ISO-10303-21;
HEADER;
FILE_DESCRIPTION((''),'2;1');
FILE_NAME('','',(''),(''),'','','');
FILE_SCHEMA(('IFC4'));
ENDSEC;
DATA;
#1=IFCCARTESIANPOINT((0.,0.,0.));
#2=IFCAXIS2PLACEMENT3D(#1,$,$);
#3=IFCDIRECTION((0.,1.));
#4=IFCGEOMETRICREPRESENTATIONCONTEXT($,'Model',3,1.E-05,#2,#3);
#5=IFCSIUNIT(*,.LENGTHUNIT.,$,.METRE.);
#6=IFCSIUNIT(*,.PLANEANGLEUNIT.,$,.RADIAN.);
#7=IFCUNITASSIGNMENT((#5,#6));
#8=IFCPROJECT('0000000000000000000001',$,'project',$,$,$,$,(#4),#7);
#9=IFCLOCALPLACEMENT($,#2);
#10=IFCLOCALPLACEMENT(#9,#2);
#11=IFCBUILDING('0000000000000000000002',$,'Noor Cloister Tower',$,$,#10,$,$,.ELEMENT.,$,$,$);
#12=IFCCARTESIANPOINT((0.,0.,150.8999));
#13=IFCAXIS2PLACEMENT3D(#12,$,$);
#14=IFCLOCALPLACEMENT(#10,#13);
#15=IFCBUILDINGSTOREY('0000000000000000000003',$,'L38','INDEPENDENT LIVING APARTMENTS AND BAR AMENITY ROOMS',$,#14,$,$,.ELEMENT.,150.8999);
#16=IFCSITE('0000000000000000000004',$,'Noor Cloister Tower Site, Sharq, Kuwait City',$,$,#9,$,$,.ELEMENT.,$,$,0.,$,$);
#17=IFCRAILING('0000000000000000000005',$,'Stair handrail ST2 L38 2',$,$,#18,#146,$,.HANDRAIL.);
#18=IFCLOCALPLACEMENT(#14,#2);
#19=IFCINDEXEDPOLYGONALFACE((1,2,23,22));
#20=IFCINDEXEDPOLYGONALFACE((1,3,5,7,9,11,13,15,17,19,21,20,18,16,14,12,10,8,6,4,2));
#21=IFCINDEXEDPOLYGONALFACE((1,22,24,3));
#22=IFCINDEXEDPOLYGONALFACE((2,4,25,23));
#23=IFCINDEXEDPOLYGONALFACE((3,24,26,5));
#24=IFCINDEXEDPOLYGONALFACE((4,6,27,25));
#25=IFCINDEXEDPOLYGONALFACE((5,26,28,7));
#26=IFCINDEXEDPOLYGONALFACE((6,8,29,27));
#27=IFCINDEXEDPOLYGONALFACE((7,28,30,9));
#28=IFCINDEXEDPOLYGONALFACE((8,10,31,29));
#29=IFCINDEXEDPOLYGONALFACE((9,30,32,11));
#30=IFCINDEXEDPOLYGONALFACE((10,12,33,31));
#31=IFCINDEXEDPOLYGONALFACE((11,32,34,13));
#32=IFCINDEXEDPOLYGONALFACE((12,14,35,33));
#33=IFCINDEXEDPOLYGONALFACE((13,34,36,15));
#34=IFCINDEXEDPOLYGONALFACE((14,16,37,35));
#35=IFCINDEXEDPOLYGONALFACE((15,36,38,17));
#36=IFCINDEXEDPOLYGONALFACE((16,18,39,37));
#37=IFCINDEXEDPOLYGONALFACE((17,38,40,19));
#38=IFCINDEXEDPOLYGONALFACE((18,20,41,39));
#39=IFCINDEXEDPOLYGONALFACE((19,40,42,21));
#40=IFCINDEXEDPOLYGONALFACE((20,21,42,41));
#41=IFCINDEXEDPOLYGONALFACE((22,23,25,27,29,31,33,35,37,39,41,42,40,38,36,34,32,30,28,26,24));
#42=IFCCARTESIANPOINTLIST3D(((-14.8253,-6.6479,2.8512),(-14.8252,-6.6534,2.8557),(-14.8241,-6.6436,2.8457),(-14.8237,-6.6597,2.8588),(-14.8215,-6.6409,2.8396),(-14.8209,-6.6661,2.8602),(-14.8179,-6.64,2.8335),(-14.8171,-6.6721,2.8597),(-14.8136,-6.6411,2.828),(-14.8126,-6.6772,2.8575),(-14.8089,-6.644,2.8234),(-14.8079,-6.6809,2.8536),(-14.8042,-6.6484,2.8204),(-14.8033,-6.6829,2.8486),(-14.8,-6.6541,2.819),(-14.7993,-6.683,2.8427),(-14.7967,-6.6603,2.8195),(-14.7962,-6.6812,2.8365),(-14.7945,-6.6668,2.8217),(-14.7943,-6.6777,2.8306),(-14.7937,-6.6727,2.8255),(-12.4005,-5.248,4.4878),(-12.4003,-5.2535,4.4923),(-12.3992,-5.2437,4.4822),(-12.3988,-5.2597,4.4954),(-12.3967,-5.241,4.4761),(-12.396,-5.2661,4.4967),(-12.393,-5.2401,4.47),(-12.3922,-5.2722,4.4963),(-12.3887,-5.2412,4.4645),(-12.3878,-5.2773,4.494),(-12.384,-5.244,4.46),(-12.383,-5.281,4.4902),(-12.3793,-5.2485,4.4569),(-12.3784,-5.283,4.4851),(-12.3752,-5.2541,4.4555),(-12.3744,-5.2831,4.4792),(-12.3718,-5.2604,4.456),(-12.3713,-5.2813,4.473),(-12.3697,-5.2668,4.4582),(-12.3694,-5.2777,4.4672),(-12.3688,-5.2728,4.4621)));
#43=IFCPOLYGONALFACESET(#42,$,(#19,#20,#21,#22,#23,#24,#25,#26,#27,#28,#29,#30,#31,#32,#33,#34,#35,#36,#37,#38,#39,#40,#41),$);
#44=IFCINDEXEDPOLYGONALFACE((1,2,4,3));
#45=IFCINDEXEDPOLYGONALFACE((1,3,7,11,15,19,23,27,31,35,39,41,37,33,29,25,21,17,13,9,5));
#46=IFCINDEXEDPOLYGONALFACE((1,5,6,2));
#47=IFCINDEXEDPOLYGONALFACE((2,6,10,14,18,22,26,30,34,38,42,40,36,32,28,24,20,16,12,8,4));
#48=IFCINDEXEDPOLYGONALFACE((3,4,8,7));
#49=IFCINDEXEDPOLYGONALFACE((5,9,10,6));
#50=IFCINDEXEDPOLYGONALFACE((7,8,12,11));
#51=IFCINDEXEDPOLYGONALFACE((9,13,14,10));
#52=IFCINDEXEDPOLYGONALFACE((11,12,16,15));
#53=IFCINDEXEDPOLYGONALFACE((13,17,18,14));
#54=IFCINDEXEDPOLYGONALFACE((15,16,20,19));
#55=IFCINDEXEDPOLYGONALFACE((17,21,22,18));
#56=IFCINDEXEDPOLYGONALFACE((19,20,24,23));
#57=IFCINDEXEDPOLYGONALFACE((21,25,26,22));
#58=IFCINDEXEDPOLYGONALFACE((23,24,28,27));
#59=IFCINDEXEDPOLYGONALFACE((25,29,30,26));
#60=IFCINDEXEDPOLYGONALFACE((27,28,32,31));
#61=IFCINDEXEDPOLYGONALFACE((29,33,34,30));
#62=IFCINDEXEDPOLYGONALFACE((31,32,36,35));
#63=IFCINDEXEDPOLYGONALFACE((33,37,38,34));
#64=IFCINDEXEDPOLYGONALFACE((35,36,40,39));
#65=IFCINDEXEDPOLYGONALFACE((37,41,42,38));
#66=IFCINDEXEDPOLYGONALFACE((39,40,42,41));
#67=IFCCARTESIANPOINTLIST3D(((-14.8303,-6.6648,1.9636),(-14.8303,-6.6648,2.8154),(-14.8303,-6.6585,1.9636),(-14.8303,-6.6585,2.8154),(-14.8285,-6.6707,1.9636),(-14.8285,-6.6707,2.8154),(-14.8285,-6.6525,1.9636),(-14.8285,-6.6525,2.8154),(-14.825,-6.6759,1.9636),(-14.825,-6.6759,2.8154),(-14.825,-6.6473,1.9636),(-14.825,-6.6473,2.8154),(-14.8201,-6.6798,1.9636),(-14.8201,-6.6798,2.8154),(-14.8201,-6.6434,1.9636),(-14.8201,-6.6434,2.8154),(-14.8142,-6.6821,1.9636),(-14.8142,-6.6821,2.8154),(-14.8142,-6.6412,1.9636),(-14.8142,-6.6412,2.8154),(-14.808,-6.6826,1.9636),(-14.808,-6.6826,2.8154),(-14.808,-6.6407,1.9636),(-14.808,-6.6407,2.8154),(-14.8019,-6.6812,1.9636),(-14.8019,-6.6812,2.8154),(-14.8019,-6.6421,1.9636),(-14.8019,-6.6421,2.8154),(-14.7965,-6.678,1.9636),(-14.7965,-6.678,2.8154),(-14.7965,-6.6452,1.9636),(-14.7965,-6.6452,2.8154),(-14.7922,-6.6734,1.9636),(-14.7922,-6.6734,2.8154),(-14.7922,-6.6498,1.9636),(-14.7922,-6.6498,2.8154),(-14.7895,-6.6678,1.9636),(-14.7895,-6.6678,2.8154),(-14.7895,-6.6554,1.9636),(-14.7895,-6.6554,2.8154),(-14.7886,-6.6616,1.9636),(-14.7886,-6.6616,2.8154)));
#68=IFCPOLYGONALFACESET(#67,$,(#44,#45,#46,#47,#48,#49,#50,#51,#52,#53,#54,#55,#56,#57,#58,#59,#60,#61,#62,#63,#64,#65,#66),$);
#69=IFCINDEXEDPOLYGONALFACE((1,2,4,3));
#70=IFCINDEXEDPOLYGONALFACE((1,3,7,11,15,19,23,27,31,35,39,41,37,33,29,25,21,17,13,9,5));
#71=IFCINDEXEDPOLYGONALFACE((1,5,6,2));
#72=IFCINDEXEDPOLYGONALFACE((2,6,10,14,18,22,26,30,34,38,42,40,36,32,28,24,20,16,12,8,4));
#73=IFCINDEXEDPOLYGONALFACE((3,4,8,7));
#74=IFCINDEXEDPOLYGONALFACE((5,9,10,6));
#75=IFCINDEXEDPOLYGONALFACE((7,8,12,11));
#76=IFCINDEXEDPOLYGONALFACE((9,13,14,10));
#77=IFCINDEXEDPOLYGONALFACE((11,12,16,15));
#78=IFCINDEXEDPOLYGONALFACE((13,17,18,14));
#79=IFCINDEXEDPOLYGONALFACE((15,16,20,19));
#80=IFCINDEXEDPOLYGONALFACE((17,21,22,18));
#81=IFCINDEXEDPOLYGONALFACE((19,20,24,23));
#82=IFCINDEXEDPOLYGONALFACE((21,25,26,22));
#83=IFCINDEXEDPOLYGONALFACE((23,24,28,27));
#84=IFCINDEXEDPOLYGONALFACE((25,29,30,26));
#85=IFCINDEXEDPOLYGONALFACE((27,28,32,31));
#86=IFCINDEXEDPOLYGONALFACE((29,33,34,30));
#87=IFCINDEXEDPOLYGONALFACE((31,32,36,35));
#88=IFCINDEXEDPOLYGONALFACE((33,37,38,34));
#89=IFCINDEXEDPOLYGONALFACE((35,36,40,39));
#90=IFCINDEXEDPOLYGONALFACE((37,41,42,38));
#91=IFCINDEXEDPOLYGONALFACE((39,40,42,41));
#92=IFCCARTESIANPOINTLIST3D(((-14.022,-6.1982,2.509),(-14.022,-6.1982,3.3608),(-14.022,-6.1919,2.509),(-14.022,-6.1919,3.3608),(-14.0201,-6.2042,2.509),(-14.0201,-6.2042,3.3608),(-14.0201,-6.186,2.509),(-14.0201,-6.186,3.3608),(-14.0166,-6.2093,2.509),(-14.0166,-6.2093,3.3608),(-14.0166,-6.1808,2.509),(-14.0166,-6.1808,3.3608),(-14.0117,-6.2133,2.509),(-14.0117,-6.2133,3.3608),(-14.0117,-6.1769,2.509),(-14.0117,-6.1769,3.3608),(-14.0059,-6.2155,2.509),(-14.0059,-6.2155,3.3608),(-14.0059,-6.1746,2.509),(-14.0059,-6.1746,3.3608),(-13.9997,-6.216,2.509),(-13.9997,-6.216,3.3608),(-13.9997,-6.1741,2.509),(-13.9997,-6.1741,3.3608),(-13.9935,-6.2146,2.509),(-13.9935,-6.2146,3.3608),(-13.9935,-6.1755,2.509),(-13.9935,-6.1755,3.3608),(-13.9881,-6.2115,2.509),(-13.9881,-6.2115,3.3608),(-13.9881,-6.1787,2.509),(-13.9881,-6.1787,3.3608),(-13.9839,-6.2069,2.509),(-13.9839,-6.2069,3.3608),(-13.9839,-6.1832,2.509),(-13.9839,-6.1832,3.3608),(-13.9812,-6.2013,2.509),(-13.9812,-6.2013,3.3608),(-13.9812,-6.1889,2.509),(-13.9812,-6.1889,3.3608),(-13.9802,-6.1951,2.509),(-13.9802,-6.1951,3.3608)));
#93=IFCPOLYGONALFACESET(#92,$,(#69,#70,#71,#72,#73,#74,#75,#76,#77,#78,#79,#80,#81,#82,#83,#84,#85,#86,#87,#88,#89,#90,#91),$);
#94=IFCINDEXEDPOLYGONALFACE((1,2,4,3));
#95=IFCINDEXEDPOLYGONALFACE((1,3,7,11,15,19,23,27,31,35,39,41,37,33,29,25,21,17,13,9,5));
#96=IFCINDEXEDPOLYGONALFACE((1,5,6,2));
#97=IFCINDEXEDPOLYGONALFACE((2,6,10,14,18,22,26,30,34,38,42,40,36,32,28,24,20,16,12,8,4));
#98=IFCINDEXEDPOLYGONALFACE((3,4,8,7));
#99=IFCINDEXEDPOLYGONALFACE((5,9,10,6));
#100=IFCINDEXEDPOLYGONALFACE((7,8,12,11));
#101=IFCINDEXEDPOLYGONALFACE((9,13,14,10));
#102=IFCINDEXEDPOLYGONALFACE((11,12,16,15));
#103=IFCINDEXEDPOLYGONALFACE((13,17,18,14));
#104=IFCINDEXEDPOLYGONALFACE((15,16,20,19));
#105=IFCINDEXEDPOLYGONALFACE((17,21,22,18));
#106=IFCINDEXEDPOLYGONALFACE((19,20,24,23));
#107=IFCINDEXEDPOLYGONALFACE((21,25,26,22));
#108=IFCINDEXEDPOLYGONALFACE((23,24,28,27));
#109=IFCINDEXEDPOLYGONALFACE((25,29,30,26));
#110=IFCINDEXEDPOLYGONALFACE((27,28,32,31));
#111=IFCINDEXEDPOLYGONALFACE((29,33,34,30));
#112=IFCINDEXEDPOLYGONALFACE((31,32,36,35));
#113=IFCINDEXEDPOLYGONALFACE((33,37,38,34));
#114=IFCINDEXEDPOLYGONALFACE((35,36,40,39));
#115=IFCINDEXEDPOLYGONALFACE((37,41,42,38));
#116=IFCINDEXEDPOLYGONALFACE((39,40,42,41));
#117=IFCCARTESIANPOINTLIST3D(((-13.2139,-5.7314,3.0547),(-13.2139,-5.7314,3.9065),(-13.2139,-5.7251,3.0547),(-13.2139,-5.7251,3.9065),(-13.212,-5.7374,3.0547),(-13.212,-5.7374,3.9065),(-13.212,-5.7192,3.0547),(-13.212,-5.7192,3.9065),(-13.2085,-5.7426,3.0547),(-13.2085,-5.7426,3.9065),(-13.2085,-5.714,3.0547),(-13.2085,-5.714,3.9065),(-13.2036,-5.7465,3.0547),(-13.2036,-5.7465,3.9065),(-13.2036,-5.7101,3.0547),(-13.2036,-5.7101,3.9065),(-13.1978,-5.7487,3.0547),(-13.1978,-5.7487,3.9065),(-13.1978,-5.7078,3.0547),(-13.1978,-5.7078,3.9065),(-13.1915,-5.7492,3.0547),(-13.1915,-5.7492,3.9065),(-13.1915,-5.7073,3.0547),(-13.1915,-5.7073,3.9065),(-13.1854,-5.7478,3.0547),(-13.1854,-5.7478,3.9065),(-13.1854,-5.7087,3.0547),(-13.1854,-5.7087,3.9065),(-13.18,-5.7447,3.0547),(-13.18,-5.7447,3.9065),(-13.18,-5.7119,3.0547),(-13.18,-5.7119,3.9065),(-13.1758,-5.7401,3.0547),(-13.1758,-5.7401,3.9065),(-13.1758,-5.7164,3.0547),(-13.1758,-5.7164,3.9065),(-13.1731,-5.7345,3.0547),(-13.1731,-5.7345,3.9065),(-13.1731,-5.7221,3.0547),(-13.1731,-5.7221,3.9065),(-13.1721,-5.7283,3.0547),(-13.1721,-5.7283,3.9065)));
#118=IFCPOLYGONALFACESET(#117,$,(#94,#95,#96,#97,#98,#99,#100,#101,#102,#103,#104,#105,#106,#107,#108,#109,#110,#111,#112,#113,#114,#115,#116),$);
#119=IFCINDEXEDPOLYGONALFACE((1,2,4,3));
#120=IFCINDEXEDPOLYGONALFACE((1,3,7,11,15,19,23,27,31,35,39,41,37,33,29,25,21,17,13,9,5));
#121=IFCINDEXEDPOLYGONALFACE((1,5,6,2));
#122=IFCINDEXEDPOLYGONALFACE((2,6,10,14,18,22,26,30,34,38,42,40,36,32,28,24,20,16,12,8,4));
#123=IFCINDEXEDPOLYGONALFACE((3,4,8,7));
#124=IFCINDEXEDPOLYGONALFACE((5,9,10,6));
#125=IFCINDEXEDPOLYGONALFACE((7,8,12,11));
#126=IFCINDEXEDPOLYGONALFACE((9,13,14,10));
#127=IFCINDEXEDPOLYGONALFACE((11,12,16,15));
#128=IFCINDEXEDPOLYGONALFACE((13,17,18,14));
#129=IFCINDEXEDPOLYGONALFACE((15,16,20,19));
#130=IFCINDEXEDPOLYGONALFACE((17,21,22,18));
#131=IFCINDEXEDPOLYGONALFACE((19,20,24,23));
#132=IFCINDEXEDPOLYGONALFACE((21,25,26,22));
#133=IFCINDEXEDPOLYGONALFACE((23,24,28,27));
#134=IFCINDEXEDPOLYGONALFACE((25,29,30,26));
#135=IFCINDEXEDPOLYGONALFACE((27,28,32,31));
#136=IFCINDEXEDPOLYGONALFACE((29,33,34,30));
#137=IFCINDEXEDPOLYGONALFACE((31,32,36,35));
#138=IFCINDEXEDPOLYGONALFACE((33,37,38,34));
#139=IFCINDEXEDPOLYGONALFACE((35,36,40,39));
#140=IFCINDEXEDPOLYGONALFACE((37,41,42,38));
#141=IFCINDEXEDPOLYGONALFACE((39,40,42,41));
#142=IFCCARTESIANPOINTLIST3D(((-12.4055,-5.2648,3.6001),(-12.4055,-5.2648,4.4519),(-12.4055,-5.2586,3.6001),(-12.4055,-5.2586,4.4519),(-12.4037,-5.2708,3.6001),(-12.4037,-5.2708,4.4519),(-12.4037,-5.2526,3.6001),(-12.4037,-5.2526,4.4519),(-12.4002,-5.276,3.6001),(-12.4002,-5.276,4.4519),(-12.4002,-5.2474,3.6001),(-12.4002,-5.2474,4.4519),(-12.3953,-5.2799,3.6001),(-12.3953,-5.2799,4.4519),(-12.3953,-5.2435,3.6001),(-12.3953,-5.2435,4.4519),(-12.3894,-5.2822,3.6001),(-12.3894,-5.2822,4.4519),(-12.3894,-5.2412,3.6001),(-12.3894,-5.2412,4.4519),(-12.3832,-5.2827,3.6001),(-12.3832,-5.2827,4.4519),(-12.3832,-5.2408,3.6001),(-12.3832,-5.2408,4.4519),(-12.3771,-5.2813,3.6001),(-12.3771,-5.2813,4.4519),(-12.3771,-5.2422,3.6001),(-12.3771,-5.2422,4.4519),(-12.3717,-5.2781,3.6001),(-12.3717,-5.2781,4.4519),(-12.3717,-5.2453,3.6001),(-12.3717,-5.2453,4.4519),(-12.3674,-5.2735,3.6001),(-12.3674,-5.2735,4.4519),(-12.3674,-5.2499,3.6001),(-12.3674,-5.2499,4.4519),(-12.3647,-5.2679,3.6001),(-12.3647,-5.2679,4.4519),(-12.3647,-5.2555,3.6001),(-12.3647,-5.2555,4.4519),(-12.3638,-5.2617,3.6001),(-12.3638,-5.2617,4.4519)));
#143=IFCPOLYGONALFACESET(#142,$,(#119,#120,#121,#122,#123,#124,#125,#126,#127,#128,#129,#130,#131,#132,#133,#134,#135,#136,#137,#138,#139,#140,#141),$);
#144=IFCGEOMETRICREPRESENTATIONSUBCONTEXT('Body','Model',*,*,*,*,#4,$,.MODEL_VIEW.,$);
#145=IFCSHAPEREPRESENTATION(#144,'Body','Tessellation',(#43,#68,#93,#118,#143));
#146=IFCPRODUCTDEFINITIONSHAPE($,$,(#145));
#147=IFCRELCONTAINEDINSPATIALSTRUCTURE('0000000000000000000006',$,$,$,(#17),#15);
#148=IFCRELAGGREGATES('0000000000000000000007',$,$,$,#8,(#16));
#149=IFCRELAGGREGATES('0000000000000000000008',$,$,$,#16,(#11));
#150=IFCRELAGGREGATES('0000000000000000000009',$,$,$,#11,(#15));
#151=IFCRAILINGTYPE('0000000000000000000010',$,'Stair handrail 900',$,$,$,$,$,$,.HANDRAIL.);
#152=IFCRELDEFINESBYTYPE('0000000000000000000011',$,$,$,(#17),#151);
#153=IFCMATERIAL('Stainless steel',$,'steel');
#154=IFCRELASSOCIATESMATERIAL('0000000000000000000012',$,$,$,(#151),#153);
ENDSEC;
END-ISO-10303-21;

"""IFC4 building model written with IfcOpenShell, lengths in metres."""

from ifc_helpers import new_model, si_unit, direction, frame, origin, origin_2d, place, context, subcontext, project, spatial, circle, extrude, material, type_object, element, save


model = new_model("IFC4")

# Units and contexts
model_context = context("Model", 3, precision=1e-05, world=origin(), true_north=direction((0.0, 1.0)))
body_context = subcontext(model_context, "Body", "Model", "MODEL_VIEW")
ifc_project = project(units=[si_unit("LENGTHUNIT", "METRE"), si_unit("PLANEANGLEUNIT", "RADIAN")], contexts=[model_context])

# Site, building, storey
site_placement = place(None, origin())
site = spatial("IfcSite", under=ifc_project, at=site_placement, Name="Noor Cloister Tower Site, Sharq, Kuwait City", CompositionType="ELEMENT", RefElevation=0.0)
building_placement = place(site_placement, origin())
building = spatial("IfcBuilding", under=site, at=building_placement, Name="Noor Cloister Tower", CompositionType="ELEMENT")
storey_placement = place(building_placement, frame((0.0, 0.0, 150.8999)))
storey = spatial("IfcBuildingStorey", under=building, at=storey_placement, Name="L38", Description="INDEPENDENT LIVING APARTMENTS AND BAR AMENITY ROOMS", CompositionType="ELEMENT", Elevation=150.8999)

# Railing
ifc_material_1 = material(Name="Stainless steel", Category="steel")
railing_type_1 = type_object("IfcRailingType", Name="Stair handrail 900", PredefinedType="HANDRAIL", material=ifc_material_1)
railing_1_placement = place(storey_placement, frame((-14.8096, -6.6616, 1.9636)))
element("IfcRailing", 1, at=railing_1_placement, inside=storey, type_object=railing_type_1, Name="Stair handrail ST2 L38 2", PredefinedType="HANDRAIL", context=body_context, shape_type="SweptSolid", body=[
    extrude(circle(Radius=0.0239, at=origin_2d()), frame((0.0, 0.0, 0.876), z_axis=(0.74769, 0.431661, 0.504608), x_axis=(-0.499984, 0.866035, 0.0)), (0.0, 0.0, 1.0), 3.2432),
    extrude(circle(Radius=0.021, at=origin_2d()), origin(), (0.0, 0.0, 1.0), 0.8518),
    extrude(circle(Radius=0.021, at=origin_2d()), frame((0.8083, 0.4666, 0.5454)), (0.0, 0.0, 1.0), 0.8518),
    extrude(circle(Radius=0.021, at=origin_2d()), frame((1.6165, 0.9333, 1.0911)), (0.0, 0.0, 1.0), 0.8518),
    extrude(circle(Radius=0.021, at=origin_2d()), frame((2.4248, 1.3999, 1.6365)), (0.0, 0.0, 1.0), 0.8518),
])

save(model, "model.ifc")
